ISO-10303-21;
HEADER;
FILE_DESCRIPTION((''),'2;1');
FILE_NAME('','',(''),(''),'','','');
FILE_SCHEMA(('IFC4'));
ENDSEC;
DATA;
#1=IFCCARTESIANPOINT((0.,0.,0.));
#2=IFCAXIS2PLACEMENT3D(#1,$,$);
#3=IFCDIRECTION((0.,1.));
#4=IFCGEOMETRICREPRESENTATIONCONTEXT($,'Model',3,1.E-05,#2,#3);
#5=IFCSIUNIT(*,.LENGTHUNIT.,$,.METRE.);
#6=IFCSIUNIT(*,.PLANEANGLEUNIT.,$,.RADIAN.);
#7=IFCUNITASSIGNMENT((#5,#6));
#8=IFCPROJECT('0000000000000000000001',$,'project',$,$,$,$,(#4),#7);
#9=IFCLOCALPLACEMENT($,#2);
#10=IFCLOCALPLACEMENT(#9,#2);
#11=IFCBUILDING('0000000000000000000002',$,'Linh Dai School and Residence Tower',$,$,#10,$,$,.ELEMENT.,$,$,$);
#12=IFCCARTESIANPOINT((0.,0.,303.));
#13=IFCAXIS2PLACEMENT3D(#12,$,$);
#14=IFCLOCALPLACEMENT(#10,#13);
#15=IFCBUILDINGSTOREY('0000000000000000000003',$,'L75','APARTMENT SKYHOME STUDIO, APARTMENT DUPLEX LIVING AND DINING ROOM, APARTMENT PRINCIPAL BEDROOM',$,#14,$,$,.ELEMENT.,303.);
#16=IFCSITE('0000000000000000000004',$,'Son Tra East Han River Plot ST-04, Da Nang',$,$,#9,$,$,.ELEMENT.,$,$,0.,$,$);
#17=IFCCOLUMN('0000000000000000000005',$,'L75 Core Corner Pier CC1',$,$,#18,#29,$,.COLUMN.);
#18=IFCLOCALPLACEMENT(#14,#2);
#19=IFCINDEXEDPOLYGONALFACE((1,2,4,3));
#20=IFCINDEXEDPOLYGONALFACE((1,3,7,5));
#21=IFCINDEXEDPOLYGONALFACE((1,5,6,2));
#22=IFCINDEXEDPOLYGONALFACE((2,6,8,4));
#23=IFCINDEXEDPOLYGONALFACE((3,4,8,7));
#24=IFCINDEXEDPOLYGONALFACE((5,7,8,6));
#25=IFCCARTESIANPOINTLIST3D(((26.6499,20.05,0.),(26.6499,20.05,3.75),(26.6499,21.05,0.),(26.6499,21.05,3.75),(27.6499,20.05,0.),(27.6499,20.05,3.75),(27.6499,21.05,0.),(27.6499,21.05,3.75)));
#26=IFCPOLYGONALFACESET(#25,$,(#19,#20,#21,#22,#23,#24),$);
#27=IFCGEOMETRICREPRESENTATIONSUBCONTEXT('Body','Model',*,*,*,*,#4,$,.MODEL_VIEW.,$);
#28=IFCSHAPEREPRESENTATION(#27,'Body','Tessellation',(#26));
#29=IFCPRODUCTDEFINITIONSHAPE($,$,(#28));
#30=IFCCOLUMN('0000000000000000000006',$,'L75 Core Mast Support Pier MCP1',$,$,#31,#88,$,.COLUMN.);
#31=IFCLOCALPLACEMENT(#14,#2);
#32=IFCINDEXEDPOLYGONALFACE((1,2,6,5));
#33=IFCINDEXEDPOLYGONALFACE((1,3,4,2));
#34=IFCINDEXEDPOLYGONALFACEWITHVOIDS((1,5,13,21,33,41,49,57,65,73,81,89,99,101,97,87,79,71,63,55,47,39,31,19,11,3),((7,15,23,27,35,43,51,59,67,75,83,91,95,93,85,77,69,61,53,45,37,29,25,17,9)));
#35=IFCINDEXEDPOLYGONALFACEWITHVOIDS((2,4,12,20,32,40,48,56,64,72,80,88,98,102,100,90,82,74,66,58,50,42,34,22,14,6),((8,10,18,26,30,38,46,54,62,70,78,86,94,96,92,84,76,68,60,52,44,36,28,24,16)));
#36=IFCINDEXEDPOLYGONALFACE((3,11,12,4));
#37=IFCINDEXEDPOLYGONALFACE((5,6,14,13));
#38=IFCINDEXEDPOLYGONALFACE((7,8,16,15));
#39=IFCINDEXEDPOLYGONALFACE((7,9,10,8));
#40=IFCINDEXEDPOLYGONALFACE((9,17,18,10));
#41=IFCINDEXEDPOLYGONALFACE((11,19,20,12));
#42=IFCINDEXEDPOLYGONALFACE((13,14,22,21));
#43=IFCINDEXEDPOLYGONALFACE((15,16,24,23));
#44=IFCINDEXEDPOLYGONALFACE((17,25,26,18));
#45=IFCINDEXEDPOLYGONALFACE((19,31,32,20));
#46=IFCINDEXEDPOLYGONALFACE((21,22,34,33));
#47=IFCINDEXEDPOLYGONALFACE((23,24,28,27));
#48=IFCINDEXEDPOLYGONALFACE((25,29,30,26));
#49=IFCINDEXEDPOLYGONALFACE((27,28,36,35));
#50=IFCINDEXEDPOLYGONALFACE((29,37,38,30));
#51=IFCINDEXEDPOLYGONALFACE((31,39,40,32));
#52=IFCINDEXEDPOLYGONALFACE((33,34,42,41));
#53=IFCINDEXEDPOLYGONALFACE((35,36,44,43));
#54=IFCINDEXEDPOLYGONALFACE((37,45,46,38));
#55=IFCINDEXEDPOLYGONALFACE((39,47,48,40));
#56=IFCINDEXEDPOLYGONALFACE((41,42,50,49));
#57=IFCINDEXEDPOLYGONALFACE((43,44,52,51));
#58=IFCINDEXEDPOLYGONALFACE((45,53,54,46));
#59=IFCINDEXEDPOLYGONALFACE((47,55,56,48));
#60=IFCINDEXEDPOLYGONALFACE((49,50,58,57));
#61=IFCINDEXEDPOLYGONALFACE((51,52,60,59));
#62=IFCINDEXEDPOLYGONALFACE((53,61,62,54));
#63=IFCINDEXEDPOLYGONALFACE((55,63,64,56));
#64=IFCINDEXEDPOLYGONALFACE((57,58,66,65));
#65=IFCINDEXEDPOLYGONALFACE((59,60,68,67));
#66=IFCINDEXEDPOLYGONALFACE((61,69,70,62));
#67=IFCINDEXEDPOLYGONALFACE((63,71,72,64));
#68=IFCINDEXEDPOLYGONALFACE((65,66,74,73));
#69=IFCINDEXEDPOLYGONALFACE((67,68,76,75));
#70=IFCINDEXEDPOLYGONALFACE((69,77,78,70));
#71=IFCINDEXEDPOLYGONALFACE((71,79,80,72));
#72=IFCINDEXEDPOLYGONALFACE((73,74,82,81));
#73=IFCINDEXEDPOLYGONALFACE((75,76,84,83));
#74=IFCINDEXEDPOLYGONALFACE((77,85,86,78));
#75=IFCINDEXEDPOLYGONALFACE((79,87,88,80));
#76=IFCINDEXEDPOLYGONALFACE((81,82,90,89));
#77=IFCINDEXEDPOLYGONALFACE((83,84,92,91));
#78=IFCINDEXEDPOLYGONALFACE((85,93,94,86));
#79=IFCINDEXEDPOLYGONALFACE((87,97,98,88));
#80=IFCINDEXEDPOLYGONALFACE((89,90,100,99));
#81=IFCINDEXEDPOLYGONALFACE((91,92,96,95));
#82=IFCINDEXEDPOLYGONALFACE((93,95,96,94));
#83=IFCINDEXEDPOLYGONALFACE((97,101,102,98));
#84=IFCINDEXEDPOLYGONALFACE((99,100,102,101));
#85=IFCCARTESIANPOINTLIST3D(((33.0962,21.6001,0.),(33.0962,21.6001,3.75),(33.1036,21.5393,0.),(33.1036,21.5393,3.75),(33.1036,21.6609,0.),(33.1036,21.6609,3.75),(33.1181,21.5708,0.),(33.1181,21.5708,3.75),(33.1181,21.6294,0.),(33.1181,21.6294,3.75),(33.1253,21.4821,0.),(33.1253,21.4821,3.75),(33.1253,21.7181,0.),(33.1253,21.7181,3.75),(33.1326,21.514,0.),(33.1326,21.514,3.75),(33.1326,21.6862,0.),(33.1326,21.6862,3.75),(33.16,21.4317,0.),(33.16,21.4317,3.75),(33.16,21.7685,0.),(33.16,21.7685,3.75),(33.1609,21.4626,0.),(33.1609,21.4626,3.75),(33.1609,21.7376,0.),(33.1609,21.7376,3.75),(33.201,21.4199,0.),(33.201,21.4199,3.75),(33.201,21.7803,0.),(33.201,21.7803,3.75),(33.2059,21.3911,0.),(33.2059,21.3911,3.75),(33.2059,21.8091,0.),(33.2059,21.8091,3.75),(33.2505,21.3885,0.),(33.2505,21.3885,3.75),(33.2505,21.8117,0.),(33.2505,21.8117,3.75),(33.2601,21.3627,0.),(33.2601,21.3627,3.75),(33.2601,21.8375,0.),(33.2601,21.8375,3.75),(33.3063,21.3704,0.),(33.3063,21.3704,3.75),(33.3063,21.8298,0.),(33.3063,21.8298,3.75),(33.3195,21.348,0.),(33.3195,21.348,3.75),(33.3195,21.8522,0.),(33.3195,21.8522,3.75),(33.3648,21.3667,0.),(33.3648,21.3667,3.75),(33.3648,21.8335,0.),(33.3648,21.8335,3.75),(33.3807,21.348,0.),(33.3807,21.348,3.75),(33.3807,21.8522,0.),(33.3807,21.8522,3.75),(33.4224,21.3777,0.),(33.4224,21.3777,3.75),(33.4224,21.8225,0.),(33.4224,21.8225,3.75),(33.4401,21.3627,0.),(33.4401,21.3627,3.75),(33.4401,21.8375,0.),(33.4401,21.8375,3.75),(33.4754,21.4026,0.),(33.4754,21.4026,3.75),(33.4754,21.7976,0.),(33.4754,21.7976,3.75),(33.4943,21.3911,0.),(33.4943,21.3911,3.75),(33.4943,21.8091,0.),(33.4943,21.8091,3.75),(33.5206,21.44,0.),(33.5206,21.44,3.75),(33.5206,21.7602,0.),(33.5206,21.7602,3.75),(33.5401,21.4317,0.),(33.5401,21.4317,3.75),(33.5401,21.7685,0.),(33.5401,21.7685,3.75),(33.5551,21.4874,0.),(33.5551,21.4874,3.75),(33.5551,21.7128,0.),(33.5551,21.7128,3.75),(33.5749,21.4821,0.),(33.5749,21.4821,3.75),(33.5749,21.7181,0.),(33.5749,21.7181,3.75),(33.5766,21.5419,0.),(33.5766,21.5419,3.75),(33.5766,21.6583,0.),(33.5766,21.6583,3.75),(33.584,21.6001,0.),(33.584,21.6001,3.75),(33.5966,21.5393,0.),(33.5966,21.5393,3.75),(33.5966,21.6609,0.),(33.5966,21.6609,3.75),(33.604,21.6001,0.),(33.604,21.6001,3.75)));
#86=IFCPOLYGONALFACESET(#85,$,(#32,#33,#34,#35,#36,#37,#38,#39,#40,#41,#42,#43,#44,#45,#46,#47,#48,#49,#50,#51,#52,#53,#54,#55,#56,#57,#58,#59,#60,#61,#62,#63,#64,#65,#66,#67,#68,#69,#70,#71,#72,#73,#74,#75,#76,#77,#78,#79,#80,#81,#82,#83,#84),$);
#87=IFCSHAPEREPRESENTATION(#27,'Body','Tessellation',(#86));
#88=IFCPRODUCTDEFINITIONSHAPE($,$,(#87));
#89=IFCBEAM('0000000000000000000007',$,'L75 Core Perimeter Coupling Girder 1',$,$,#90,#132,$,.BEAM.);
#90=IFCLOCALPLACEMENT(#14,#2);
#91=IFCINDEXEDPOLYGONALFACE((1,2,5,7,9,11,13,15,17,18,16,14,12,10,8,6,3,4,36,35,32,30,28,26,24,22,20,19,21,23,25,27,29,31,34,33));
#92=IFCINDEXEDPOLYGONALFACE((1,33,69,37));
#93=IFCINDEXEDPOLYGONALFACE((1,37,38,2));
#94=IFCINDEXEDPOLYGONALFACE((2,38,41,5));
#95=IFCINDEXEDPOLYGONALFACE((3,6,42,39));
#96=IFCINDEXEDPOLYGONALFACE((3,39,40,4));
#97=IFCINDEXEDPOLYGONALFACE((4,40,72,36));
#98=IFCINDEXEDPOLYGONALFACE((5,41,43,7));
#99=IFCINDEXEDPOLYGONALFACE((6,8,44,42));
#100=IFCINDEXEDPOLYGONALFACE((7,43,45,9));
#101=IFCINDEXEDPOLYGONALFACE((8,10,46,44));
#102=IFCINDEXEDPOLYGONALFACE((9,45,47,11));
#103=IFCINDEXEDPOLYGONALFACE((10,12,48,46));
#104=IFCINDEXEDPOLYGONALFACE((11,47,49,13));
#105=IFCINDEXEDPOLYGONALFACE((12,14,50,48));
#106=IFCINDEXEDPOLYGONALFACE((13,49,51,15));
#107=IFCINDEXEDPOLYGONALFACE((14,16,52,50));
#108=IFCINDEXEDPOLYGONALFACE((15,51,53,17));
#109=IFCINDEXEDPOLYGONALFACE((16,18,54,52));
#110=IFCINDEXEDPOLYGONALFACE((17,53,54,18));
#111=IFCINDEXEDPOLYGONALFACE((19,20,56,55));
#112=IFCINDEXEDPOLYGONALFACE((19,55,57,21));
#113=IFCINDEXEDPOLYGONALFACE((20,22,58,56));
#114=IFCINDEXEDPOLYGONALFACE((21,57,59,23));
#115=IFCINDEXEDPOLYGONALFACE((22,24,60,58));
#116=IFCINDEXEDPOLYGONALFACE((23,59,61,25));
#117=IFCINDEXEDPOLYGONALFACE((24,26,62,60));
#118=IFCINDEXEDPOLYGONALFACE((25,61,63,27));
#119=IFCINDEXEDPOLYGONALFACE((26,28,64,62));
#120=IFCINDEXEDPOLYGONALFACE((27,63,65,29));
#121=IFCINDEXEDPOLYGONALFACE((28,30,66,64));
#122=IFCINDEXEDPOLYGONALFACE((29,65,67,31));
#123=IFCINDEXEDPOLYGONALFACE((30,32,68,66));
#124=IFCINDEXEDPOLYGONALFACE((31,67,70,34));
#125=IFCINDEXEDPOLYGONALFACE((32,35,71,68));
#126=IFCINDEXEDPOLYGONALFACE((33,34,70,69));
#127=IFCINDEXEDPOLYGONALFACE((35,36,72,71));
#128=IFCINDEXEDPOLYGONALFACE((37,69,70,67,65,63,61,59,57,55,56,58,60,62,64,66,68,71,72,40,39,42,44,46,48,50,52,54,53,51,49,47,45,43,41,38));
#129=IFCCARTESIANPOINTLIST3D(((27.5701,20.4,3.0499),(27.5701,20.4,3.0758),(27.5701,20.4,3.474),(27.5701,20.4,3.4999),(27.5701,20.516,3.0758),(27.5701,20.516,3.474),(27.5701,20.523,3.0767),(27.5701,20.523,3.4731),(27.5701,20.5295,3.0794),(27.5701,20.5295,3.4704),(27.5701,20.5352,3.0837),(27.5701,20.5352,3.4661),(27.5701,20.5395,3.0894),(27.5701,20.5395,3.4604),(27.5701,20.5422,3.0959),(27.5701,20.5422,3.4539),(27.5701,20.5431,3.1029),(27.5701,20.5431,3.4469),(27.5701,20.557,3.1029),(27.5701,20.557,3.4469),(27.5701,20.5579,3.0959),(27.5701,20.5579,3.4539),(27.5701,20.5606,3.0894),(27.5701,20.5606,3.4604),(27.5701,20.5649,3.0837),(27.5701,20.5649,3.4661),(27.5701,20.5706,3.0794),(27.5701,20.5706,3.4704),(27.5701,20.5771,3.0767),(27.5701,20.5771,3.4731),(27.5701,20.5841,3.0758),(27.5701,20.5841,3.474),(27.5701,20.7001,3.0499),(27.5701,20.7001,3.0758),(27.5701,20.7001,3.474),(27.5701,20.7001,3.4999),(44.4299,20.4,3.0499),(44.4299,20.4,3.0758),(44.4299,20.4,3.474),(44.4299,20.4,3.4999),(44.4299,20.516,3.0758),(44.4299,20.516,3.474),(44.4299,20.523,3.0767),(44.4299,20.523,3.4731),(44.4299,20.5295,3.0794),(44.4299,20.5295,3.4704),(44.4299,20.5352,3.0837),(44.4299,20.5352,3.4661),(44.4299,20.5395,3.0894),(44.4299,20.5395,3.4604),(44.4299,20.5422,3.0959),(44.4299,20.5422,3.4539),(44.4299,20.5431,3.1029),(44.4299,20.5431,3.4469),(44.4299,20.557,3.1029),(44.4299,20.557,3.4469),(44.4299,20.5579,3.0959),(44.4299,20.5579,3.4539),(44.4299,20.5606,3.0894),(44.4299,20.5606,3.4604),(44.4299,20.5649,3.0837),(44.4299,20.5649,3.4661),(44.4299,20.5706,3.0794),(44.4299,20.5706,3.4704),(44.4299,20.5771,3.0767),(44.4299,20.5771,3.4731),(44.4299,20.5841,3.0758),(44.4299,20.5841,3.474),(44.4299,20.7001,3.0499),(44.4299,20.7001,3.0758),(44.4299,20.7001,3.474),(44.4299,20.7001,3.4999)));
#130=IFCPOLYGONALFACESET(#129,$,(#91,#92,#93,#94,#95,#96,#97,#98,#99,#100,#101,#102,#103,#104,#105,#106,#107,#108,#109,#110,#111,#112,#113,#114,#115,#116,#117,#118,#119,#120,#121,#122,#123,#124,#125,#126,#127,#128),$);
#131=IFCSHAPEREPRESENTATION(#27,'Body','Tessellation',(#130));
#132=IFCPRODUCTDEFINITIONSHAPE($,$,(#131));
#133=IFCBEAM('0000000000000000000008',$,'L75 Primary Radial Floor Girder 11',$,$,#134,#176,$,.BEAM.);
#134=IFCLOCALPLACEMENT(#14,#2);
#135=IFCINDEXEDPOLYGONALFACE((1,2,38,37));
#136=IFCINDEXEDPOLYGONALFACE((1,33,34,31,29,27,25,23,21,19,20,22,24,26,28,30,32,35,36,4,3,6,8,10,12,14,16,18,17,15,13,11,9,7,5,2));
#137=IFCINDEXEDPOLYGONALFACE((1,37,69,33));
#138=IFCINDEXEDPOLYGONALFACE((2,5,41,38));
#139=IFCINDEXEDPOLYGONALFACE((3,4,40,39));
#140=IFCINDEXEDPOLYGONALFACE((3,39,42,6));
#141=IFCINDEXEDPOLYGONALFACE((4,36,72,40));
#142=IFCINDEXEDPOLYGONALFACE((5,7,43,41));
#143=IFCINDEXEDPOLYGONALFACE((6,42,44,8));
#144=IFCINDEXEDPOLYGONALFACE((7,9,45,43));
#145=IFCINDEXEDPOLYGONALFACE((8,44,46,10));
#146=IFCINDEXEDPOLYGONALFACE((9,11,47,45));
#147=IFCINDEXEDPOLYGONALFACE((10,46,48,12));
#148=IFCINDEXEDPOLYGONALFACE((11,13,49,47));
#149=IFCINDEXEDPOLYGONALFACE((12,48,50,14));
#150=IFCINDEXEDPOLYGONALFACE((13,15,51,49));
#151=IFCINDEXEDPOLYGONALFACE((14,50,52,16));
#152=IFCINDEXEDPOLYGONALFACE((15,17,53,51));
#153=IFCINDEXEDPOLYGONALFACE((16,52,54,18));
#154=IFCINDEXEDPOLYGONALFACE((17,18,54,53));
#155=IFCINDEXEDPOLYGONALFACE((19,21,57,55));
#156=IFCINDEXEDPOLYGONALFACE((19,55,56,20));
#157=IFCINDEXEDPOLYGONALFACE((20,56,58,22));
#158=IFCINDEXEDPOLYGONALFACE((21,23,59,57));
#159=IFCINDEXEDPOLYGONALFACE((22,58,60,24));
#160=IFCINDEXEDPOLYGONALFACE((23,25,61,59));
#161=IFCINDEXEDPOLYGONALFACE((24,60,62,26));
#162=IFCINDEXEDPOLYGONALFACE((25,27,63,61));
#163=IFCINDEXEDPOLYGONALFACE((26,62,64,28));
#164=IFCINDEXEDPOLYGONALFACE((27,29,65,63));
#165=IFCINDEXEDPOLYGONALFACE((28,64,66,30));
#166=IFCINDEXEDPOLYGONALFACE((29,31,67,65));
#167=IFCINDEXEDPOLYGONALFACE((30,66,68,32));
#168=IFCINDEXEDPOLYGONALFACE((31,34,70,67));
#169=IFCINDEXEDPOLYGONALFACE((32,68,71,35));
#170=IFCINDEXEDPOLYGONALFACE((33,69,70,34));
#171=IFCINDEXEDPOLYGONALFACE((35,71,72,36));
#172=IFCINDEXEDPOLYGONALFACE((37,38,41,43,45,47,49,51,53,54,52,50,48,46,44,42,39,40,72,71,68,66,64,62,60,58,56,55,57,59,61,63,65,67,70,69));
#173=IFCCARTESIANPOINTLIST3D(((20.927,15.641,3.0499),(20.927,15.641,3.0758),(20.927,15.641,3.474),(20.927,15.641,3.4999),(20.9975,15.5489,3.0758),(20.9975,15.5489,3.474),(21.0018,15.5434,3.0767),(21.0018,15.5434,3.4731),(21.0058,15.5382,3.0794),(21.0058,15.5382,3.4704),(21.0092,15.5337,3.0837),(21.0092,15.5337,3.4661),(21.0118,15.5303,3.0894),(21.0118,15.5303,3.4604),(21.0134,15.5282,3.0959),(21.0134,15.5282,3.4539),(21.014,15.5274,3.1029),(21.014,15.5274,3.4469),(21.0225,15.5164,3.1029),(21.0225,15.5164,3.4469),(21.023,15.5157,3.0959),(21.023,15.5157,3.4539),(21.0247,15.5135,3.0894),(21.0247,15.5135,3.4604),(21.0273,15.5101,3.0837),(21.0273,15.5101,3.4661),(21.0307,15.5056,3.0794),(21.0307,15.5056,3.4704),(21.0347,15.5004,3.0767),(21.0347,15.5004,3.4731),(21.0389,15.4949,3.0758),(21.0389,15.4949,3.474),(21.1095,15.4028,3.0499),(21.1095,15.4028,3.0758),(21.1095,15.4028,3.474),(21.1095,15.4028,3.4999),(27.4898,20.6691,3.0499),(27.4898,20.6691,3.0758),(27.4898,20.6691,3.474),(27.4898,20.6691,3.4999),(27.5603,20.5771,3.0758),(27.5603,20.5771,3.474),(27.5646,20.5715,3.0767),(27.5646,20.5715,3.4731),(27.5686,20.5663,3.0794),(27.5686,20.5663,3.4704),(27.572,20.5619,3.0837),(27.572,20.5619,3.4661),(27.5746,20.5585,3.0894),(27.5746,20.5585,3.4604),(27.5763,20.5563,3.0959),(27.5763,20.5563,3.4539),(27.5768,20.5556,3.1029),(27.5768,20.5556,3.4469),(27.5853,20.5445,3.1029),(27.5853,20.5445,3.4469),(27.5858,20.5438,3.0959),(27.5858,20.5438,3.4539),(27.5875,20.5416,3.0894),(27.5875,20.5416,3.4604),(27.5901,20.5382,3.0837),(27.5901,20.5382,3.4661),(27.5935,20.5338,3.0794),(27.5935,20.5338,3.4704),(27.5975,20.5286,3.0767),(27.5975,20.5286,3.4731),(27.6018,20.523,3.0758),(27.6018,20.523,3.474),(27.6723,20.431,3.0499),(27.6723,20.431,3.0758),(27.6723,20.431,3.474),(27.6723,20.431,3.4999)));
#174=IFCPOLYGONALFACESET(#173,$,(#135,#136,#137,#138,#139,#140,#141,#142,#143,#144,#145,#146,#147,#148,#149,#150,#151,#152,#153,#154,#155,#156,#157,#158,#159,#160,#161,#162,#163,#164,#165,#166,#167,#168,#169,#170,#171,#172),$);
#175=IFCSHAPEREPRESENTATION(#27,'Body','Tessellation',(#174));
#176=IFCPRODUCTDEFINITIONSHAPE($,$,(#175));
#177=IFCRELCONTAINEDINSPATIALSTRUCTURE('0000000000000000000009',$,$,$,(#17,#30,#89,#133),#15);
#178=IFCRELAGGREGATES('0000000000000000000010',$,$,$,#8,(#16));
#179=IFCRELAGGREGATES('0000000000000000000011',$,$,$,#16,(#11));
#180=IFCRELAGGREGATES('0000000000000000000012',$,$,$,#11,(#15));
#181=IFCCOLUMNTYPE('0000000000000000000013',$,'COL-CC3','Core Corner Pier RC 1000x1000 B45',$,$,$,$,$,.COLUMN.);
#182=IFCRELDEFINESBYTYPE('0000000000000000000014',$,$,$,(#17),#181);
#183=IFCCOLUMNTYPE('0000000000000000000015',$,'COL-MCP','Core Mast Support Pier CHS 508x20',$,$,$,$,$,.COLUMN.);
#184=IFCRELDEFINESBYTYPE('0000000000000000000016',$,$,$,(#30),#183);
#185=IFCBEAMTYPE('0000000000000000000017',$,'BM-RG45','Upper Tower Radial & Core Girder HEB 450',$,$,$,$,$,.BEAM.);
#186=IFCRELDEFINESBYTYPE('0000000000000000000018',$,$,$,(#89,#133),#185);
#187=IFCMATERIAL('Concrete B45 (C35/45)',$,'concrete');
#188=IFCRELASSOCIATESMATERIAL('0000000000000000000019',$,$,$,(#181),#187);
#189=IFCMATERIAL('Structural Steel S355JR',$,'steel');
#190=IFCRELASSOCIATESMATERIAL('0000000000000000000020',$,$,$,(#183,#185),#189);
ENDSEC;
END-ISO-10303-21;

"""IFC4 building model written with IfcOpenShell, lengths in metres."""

from ifc_helpers import new_model, si_unit, direction, frame, origin, origin_2d, place, context, subcontext, project, spatial, rectangle, hollow_circle, i_section, extrude, material, material_profile, profile_set, type_object, element, save


model = new_model("IFC4")

# Units and contexts
model_context = context("Model", 3, precision=1e-05, world=origin(), true_north=direction((0.0, 1.0)))
body_context = subcontext(model_context, "Body", "Model", "MODEL_VIEW")
ifc_project = project(units=[si_unit("LENGTHUNIT", "METRE"), si_unit("PLANEANGLEUNIT", "RADIAN")], contexts=[model_context])

# Site, building, storey
site_placement = place(None, origin())
site = spatial("IfcSite", under=ifc_project, at=site_placement, Name="Son Tra East Han River Plot ST-04, Da Nang", CompositionType="ELEMENT", RefElevation=0.0)
building_placement = place(site_placement, origin())
building = spatial("IfcBuilding", under=site, at=building_placement, Name="Linh Dai School and Residence Tower", CompositionType="ELEMENT")
storey_placement = place(building_placement, frame((0.0, 0.0, 303.0)))
storey = spatial("IfcBuildingStorey", under=building, at=storey_placement, Name="L75", Description="APARTMENT SKYHOME STUDIO, APARTMENT DUPLEX LIVING AND DINING ROOM, APARTMENT PRINCIPAL BEDROOM", CompositionType="ELEMENT", Elevation=303.0)

# Columns
ifc_material_1 = material(Name="Concrete B45 (C35/45)", Category="concrete")
ifc_material_profile_1 = material_profile(ifc_material_1, rectangle(XDim=1.0, YDim=1.0, at=origin_2d()), Name="RC 1000x1000")
ifc_profile_set_1 = profile_set([ifc_material_profile_1], Name="Concrete B45 (C35/45)")
column_type_1 = type_object("IfcColumnType", Name="COL-CC3", Description="Core Corner Pier RC 1000x1000 B45", PredefinedType="COLUMN", material=ifc_profile_set_1)
column_1_placement = place(storey_placement, frame((27.1499, 20.55, 0.0), z_axis=(0.0, 0.0, 1.0), x_axis=(1.0, 0.0, 0.0)))
element("IfcColumn", 1, at=column_1_placement, inside=storey, type_object=column_type_1, Name="L75 Core Corner Pier CC1", PredefinedType="COLUMN", context=body_context, shape_type="SweptSolid", body=[
    extrude(rectangle(XDim=1.0, YDim=1.0, at=origin_2d()), origin(), (0.0, 0.0, 1.0), 3.75),
])
ifc_material_2 = material(Name="Structural Steel S355JR", Category="steel")
ifc_material_profile_2 = material_profile(ifc_material_2, hollow_circle(Radius=0.2539, WallThickness=0.02, at=origin_2d()), Name="CHS 508x20")
ifc_profile_set_2 = profile_set([ifc_material_profile_2], Name="Structural Steel S355JR")
column_type_2 = type_object("IfcColumnType", Name="COL-MCP", Description="Core Mast Support Pier CHS 508x20", PredefinedType="COLUMN", material=ifc_profile_set_2)
column_2_placement = place(storey_placement, frame((33.3501, 21.6001, 0.0), z_axis=(0.0, 0.0, 1.0), x_axis=(1.0, 0.0, 0.0)))
element("IfcColumn", 2, at=column_2_placement, inside=storey, type_object=column_type_2, Name="L75 Core Mast Support Pier MCP1", PredefinedType="COLUMN", context=body_context, shape_type="SweptSolid", body=[
    extrude(hollow_circle(Radius=0.2539, WallThickness=0.02, at=origin_2d()), origin(), (0.0, 0.0, 1.0), 3.75),
])

# Beams
ifc_material_profile_3 = material_profile(ifc_material_2, i_section(OverallWidth=0.3, OverallDepth=0.45, WebThickness=0.0139, FlangeThickness=0.0259, FilletRadius=0.0271, at=origin_2d()), Name="HEB 450")
ifc_profile_set_3 = profile_set([ifc_material_profile_3], Name="Structural Steel S355JR")
beam_type_1 = type_object("IfcBeamType", Name="BM-RG45", Description="Upper Tower Radial & Core Girder HEB 450", PredefinedType="BEAM", material=ifc_profile_set_3)
beam_1_placement = place(storey_placement, frame((27.5701, 20.55, 3.2749), z_axis=(1.0, 0.0, 0.0), x_axis=(0.0, 1.0, 0.0)))
element("IfcBeam", 3, at=beam_1_placement, inside=storey, type_object=beam_type_1, Name="L75 Core Perimeter Coupling Girder 1", PredefinedType="BEAM", context=body_context, shape_type="SweptSolid", body=[
    extrude(i_section(OverallWidth=0.3, OverallDepth=0.45, WebThickness=0.0139, FlangeThickness=0.0259, FilletRadius=0.0271, at=origin_2d()), origin(), (0.0, 0.0, 1.0), 16.8599),
])
beam_2_placement = place(storey_placement, frame((27.5811, 20.55, 3.2749), z_axis=(-0.793803, -0.608175, 0.0), x_axis=(0.608175, -0.793803, 0.0)))
element("IfcBeam", 4, at=beam_2_placement, inside=storey, type_object=beam_type_1, Name="L75 Primary Radial Floor Girder 11", PredefinedType="BEAM", context=body_context, shape_type="SweptSolid", body=[
    extrude(i_section(OverallWidth=0.3, OverallDepth=0.45, WebThickness=0.0139, FlangeThickness=0.0259, FilletRadius=0.0271, at=origin_2d()), origin(), (0.0, 0.0, 1.0), 8.2676),
])

save(model, "model.ifc")
